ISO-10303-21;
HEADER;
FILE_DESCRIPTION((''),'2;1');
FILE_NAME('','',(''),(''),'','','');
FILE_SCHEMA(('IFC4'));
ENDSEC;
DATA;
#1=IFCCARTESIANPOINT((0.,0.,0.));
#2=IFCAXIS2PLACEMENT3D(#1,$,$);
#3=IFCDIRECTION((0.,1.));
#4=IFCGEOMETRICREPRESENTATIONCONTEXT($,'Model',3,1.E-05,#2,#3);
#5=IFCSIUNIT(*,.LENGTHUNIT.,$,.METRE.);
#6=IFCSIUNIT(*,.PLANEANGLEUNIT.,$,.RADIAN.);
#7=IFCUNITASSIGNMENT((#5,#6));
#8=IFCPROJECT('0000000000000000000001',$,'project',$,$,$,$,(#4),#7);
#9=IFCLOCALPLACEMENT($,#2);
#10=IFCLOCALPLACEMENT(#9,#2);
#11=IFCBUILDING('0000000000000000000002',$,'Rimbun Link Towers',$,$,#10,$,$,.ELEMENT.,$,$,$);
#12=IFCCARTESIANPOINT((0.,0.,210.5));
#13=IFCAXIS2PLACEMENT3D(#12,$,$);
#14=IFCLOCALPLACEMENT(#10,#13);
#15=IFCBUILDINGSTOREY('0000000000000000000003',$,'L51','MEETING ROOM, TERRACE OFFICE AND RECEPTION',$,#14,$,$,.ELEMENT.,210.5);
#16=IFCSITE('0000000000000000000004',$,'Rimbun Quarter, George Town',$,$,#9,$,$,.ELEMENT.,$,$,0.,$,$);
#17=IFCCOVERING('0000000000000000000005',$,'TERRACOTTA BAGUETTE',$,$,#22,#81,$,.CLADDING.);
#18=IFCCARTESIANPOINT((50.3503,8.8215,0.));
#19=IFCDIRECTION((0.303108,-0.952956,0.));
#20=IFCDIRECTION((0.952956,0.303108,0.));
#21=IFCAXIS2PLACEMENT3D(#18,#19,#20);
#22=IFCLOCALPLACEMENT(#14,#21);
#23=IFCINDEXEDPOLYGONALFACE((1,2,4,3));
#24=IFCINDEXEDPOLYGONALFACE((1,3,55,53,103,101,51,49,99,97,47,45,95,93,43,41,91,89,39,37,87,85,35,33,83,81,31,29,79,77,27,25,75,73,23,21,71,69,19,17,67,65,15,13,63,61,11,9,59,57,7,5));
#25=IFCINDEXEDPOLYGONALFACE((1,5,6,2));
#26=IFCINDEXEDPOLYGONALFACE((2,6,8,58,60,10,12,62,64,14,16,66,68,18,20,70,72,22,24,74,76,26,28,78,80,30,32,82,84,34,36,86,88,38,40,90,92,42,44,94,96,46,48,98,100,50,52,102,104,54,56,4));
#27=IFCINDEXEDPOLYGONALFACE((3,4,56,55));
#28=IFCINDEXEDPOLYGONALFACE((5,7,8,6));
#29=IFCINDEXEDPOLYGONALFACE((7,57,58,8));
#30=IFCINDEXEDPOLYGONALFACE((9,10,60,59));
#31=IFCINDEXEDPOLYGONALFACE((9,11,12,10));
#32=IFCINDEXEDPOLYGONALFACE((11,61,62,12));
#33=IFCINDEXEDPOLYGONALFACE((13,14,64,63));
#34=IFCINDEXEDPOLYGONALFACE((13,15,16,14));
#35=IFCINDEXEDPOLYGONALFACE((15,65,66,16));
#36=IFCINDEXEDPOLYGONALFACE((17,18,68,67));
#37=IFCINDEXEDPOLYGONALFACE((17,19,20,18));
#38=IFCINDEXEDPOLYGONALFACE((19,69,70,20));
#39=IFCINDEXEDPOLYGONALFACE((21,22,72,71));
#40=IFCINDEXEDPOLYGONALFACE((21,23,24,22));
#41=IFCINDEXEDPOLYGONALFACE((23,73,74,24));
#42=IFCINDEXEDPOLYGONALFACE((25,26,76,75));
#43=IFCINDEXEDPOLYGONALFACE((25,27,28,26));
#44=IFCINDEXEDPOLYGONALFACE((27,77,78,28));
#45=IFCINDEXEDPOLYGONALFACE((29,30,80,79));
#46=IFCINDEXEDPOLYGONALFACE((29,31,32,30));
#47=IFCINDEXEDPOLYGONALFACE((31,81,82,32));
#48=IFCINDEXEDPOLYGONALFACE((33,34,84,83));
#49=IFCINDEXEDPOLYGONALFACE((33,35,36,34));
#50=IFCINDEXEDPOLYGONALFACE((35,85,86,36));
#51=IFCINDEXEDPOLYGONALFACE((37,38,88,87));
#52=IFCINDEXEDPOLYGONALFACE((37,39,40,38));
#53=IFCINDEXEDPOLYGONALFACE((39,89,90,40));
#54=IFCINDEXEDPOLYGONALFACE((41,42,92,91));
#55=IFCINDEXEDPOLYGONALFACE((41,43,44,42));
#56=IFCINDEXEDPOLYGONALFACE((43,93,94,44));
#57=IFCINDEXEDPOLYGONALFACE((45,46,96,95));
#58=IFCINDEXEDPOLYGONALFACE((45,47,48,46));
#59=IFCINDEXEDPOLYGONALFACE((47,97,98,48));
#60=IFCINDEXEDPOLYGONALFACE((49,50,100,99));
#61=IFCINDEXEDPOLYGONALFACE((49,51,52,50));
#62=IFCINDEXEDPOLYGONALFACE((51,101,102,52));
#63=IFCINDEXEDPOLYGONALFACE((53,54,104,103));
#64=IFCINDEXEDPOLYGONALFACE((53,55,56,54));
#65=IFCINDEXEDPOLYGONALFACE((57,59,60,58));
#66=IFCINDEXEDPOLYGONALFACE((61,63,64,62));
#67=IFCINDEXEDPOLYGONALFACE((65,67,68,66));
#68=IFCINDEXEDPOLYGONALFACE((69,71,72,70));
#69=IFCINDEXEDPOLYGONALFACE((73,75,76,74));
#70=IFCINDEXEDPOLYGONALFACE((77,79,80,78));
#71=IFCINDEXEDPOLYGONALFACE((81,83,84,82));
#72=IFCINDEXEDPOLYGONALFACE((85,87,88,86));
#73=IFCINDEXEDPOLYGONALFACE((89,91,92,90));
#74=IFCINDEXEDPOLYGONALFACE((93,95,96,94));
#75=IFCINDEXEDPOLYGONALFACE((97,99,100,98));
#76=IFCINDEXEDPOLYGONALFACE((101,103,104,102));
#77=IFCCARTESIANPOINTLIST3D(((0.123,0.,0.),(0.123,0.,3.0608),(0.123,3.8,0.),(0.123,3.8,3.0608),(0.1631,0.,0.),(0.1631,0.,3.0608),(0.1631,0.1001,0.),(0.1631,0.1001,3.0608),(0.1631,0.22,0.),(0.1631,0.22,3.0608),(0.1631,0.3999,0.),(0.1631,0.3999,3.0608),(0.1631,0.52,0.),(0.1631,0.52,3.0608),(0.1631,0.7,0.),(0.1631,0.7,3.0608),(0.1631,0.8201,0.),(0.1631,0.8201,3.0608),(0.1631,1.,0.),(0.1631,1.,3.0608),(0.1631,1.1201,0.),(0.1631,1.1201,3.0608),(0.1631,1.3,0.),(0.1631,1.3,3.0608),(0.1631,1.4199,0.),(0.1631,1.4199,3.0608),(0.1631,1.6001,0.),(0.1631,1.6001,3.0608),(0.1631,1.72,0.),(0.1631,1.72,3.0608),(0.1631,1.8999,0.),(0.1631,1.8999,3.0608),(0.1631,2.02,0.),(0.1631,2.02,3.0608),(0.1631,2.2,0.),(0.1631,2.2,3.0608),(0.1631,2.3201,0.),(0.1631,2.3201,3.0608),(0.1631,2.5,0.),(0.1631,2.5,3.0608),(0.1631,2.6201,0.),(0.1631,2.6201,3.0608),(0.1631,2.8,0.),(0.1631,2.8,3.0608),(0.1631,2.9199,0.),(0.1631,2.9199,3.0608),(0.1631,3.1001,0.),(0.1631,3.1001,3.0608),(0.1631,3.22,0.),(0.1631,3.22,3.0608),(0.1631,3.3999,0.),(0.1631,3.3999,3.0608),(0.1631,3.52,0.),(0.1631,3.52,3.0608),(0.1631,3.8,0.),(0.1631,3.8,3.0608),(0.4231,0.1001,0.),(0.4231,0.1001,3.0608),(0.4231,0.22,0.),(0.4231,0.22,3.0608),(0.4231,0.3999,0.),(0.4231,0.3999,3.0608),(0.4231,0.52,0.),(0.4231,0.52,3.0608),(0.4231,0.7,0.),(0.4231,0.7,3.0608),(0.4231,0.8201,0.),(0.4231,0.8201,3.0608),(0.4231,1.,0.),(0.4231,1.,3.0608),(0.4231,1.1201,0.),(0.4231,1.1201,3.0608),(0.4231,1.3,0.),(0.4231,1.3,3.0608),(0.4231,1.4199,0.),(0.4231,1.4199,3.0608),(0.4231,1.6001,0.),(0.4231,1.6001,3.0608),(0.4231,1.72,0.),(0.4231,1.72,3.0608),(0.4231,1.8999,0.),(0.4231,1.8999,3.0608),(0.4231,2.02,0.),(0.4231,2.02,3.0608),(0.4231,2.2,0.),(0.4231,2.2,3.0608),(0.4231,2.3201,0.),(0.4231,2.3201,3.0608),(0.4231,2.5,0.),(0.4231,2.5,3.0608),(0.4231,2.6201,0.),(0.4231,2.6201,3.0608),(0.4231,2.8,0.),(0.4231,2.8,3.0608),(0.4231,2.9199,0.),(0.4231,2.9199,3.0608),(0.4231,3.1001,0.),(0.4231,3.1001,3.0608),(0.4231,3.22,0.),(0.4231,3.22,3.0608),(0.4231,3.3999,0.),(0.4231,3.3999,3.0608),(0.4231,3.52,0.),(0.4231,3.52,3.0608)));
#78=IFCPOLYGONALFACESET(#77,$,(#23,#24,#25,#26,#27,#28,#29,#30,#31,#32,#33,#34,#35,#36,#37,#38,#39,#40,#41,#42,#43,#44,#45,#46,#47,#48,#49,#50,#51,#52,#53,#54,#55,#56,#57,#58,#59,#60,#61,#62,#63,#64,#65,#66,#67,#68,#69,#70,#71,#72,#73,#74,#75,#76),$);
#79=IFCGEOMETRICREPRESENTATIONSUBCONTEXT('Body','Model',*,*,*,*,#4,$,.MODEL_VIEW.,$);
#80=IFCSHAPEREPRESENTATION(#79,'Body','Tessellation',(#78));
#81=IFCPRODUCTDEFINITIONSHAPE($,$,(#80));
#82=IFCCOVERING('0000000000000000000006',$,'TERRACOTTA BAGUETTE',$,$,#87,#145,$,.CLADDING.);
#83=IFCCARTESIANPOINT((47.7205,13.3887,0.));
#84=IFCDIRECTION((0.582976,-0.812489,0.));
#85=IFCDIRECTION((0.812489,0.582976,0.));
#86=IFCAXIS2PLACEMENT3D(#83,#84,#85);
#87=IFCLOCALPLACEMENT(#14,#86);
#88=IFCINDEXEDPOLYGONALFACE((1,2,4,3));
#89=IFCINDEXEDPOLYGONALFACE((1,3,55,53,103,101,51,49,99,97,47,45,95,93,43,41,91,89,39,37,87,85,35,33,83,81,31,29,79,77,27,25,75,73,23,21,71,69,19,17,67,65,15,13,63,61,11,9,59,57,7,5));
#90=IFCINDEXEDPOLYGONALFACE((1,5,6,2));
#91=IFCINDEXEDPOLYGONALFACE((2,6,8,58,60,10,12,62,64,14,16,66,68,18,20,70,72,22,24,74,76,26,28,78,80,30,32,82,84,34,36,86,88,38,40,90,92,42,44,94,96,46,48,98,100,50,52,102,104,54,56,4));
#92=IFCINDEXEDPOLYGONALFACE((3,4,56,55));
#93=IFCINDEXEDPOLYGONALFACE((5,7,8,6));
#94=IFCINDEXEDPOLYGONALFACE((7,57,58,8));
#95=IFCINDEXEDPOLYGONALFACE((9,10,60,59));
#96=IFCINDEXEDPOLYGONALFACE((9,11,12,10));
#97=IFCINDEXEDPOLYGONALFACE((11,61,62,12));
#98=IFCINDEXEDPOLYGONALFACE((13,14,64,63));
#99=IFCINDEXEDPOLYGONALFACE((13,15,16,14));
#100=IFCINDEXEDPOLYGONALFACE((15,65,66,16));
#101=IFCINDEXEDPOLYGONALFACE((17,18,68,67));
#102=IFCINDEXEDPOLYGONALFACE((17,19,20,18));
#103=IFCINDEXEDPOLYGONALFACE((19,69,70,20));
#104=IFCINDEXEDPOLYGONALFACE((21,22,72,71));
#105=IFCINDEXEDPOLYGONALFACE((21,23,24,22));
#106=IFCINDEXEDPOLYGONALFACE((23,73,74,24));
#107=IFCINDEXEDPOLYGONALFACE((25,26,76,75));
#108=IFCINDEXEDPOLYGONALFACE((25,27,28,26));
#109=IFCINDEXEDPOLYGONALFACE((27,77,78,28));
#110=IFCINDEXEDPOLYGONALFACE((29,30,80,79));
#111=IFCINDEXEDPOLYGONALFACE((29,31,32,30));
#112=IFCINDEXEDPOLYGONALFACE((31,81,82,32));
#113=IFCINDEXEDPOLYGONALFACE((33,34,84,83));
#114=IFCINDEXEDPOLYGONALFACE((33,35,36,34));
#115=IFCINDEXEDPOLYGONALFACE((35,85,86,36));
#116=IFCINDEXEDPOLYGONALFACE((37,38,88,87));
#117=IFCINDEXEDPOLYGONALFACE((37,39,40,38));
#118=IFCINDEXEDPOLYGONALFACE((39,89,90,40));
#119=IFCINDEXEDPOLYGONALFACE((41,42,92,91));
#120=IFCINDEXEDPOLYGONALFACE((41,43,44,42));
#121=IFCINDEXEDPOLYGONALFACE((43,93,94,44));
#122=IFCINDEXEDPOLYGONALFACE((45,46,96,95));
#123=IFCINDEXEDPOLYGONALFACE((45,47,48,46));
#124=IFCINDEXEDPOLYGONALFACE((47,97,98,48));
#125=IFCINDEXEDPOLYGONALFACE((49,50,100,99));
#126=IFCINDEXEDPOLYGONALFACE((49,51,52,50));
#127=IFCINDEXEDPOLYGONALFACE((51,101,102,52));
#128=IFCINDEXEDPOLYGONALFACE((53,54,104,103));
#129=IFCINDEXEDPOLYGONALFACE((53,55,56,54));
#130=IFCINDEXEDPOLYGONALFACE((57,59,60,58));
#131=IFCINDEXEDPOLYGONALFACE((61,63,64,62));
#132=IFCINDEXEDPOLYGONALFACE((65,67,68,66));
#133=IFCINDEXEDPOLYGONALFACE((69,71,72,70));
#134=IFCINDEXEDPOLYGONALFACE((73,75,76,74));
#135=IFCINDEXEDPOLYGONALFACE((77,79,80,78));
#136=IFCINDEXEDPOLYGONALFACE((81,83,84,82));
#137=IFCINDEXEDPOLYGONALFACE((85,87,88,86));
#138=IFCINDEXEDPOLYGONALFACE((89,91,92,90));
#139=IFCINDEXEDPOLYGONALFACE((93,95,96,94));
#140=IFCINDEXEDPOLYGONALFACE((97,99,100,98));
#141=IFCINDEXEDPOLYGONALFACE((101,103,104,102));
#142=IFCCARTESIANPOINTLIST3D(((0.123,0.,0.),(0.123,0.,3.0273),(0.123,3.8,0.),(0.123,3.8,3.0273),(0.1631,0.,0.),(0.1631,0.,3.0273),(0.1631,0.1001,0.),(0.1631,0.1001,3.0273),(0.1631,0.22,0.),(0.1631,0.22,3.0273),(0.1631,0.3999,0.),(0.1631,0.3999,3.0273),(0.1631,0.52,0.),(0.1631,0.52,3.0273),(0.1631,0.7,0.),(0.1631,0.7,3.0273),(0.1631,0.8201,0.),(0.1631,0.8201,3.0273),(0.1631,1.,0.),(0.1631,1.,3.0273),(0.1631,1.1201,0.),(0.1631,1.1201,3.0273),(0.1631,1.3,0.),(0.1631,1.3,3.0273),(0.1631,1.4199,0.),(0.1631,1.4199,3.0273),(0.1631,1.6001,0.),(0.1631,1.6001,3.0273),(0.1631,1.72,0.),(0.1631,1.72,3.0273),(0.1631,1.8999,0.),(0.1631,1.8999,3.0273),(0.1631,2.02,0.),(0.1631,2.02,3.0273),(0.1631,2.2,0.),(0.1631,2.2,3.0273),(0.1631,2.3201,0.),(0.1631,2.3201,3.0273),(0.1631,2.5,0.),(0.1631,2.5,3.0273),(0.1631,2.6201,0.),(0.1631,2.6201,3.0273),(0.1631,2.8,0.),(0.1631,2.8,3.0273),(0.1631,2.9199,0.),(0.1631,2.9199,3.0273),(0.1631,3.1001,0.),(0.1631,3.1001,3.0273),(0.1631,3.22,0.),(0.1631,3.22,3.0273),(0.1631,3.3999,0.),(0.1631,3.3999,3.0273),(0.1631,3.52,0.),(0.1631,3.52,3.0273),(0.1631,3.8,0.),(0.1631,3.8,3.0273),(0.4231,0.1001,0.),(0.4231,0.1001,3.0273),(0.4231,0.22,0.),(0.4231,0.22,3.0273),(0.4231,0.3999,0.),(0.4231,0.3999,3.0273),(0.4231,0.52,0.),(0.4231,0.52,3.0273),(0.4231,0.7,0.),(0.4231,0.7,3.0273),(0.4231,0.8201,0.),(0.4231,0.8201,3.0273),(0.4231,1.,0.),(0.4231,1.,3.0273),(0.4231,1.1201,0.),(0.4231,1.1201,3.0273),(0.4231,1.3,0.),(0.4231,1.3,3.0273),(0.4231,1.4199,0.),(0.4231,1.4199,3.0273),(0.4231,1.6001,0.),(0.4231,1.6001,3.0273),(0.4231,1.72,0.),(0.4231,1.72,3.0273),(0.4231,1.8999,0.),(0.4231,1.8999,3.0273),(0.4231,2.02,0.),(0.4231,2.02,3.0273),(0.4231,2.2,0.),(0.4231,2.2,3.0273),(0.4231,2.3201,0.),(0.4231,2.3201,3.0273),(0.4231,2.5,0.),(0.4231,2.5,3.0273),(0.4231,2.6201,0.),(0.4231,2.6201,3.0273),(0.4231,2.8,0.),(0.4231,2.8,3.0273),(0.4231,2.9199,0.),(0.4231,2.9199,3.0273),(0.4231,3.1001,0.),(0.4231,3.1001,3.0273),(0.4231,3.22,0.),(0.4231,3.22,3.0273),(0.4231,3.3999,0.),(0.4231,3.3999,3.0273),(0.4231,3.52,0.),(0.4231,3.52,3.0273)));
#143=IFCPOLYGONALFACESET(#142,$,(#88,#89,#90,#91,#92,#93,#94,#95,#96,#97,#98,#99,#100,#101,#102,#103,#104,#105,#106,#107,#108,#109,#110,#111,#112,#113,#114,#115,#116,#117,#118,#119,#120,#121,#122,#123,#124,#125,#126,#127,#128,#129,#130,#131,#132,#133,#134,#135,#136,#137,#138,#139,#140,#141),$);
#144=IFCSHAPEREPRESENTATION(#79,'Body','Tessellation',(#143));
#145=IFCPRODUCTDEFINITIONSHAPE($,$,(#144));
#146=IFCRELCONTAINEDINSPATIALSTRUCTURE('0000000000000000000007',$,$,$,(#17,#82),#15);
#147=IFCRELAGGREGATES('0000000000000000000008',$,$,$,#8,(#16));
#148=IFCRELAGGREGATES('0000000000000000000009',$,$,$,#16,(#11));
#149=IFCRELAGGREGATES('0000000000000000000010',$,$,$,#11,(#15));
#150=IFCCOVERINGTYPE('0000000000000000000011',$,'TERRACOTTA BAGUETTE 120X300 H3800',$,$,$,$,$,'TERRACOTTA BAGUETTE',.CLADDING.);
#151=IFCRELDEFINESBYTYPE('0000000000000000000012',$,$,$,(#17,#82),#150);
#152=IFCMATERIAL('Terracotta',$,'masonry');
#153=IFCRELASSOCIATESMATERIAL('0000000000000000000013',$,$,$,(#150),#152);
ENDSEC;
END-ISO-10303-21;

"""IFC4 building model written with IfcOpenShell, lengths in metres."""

from ifc_helpers import new_model, si_unit, direction, frame, origin, place, context, subcontext, project, spatial, polyline, outline, extrude, material, material_profile, profile_set, type_object, element, save


model = new_model("IFC4")

# Units and contexts
model_context = context("Model", 3, precision=1e-05, world=origin(), true_north=direction((0.0, 1.0)))
body_context = subcontext(model_context, "Body", "Model", "MODEL_VIEW")
ifc_project = project(units=[si_unit("LENGTHUNIT", "METRE"), si_unit("PLANEANGLEUNIT", "RADIAN")], contexts=[model_context])

# Site, building, storey
site_placement = place(None, origin())
site = spatial("IfcSite", under=ifc_project, at=site_placement, Name="Rimbun Quarter, George Town", CompositionType="ELEMENT", RefElevation=0.0)
building_placement = place(site_placement, origin())
building = spatial("IfcBuilding", under=site, at=building_placement, Name="Rimbun Link Towers", CompositionType="ELEMENT")
storey_placement = place(building_placement, frame((0.0, 0.0, 210.5)))
storey = spatial("IfcBuildingStorey", under=building, at=storey_placement, Name="L51", Description="MEETING ROOM, TERRACE OFFICE AND RECEPTION", CompositionType="ELEMENT", Elevation=210.5)

# Coverings
ifc_material_1 = material(Name="Terracotta", Category="masonry")
ifc_material_profile_1 = material_profile(ifc_material_1, outline(polyline([(0.123, 0.0), (0.1631, 0.0), (0.1631, 0.1001), (0.4231, 0.1001), (0.4231, 0.22), (0.1631, 0.22), (0.1631, 0.3999), (0.4231, 0.3999), (0.4231, 0.52), (0.1631, 0.52), (0.1631, 0.7), (0.4231, 0.7), (0.4231, 0.8201), (0.1631, 0.8201), (0.1631, 1.0), (0.4231, 1.0), (0.4231, 1.1201), (0.1631, 1.1201), (0.1631, 1.3), (0.4231, 1.3), (0.4231, 1.4199), (0.1631, 1.4199), (0.1631, 1.6001), (0.4231, 1.6001), (0.4231, 1.72), (0.1631, 1.72), (0.1631, 1.8999), (0.4231, 1.8999), (0.4231, 2.02), (0.1631, 2.02), (0.1631, 2.2), (0.4231, 2.2), (0.4231, 2.3201), (0.1631, 2.3201), (0.1631, 2.5), (0.4231, 2.5), (0.4231, 2.6201), (0.1631, 2.6201), (0.1631, 2.8), (0.4231, 2.8), (0.4231, 2.9199), (0.1631, 2.9199), (0.1631, 3.1001), (0.4231, 3.1001), (0.4231, 3.22), (0.1631, 3.22), (0.1631, 3.3999), (0.4231, 3.3999), (0.4231, 3.52), (0.1631, 3.52), (0.1631, 3.8), (0.123, 3.8), (0.123, 0.0)])), Name="BAGUETTE 120X300")
ifc_profile_set_1 = profile_set([ifc_material_profile_1], Name="Terracotta")
covering_type = type_object("IfcCoveringType", Name="TERRACOTTA BAGUETTE 120X300 H3800", ElementType="TERRACOTTA BAGUETTE", PredefinedType="CLADDING", material=ifc_profile_set_1)
covering_1_placement = place(storey_placement, frame((50.3503, 8.8215, 0.0), z_axis=(0.303108, -0.952956, 0.0), x_axis=(0.952956, 0.303108, 0.0)))
element("IfcCovering", 1, at=covering_1_placement, inside=storey, type_object=covering_type, Name="TERRACOTTA BAGUETTE", PredefinedType="CLADDING", context=body_context, shape_type="SweptSolid", body=[
    extrude(outline(polyline([(0.123, 0.0), (0.1631, 0.0), (0.1631, 0.1001), (0.4231, 0.1001), (0.4231, 0.22), (0.1631, 0.22), (0.1631, 0.3999), (0.4231, 0.3999), (0.4231, 0.52), (0.1631, 0.52), (0.1631, 0.7), (0.4231, 0.7), (0.4231, 0.8201), (0.1631, 0.8201), (0.1631, 1.0), (0.4231, 1.0), (0.4231, 1.1201), (0.1631, 1.1201), (0.1631, 1.3), (0.4231, 1.3), (0.4231, 1.4199), (0.1631, 1.4199), (0.1631, 1.6001), (0.4231, 1.6001), (0.4231, 1.72), (0.1631, 1.72), (0.1631, 1.8999), (0.4231, 1.8999), (0.4231, 2.02), (0.1631, 2.02), (0.1631, 2.2), (0.4231, 2.2), (0.4231, 2.3201), (0.1631, 2.3201), (0.1631, 2.5), (0.4231, 2.5), (0.4231, 2.6201), (0.1631, 2.6201), (0.1631, 2.8), (0.4231, 2.8), (0.4231, 2.9199), (0.1631, 2.9199), (0.1631, 3.1001), (0.4231, 3.1001), (0.4231, 3.22), (0.1631, 3.22), (0.1631, 3.3999), (0.4231, 3.3999), (0.4231, 3.52), (0.1631, 3.52), (0.1631, 3.8), (0.123, 3.8), (0.123, 0.0)])), origin(), (0.0, 0.0, 1.0), 3.0608),
])
covering_2_placement = place(storey_placement, frame((47.7205, 13.3887, 0.0), z_axis=(0.582976, -0.812489, 0.0), x_axis=(0.812489, 0.582976, 0.0)))
element("IfcCovering", 2, at=covering_2_placement, inside=storey, type_object=covering_type, Name="TERRACOTTA BAGUETTE", PredefinedType="CLADDING", context=body_context, shape_type="SweptSolid", body=[
    extrude(outline(polyline([(0.123, 0.0), (0.1631, 0.0), (0.1631, 0.1001), (0.4231, 0.1001), (0.4231, 0.22), (0.1631, 0.22), (0.1631, 0.3999), (0.4231, 0.3999), (0.4231, 0.52), (0.1631, 0.52), (0.1631, 0.7), (0.4231, 0.7), (0.4231, 0.8201), (0.1631, 0.8201), (0.1631, 1.0), (0.4231, 1.0), (0.4231, 1.1201), (0.1631, 1.1201), (0.1631, 1.3), (0.4231, 1.3), (0.4231, 1.4199), (0.1631, 1.4199), (0.1631, 1.6001), (0.4231, 1.6001), (0.4231, 1.72), (0.1631, 1.72), (0.1631, 1.8999), (0.4231, 1.8999), (0.4231, 2.02), (0.1631, 2.02), (0.1631, 2.2), (0.4231, 2.2), (0.4231, 2.3201), (0.1631, 2.3201), (0.1631, 2.5), (0.4231, 2.5), (0.4231, 2.6201), (0.1631, 2.6201), (0.1631, 2.8), (0.4231, 2.8), (0.4231, 2.9199), (0.1631, 2.9199), (0.1631, 3.1001), (0.4231, 3.1001), (0.4231, 3.22), (0.1631, 3.22), (0.1631, 3.3999), (0.4231, 3.3999), (0.4231, 3.52), (0.1631, 3.52), (0.1631, 3.8), (0.123, 3.8), (0.123, 0.0)])), origin(), (0.0, 0.0, 1.0), 3.0273),
])

save(model, "model.ifc")
